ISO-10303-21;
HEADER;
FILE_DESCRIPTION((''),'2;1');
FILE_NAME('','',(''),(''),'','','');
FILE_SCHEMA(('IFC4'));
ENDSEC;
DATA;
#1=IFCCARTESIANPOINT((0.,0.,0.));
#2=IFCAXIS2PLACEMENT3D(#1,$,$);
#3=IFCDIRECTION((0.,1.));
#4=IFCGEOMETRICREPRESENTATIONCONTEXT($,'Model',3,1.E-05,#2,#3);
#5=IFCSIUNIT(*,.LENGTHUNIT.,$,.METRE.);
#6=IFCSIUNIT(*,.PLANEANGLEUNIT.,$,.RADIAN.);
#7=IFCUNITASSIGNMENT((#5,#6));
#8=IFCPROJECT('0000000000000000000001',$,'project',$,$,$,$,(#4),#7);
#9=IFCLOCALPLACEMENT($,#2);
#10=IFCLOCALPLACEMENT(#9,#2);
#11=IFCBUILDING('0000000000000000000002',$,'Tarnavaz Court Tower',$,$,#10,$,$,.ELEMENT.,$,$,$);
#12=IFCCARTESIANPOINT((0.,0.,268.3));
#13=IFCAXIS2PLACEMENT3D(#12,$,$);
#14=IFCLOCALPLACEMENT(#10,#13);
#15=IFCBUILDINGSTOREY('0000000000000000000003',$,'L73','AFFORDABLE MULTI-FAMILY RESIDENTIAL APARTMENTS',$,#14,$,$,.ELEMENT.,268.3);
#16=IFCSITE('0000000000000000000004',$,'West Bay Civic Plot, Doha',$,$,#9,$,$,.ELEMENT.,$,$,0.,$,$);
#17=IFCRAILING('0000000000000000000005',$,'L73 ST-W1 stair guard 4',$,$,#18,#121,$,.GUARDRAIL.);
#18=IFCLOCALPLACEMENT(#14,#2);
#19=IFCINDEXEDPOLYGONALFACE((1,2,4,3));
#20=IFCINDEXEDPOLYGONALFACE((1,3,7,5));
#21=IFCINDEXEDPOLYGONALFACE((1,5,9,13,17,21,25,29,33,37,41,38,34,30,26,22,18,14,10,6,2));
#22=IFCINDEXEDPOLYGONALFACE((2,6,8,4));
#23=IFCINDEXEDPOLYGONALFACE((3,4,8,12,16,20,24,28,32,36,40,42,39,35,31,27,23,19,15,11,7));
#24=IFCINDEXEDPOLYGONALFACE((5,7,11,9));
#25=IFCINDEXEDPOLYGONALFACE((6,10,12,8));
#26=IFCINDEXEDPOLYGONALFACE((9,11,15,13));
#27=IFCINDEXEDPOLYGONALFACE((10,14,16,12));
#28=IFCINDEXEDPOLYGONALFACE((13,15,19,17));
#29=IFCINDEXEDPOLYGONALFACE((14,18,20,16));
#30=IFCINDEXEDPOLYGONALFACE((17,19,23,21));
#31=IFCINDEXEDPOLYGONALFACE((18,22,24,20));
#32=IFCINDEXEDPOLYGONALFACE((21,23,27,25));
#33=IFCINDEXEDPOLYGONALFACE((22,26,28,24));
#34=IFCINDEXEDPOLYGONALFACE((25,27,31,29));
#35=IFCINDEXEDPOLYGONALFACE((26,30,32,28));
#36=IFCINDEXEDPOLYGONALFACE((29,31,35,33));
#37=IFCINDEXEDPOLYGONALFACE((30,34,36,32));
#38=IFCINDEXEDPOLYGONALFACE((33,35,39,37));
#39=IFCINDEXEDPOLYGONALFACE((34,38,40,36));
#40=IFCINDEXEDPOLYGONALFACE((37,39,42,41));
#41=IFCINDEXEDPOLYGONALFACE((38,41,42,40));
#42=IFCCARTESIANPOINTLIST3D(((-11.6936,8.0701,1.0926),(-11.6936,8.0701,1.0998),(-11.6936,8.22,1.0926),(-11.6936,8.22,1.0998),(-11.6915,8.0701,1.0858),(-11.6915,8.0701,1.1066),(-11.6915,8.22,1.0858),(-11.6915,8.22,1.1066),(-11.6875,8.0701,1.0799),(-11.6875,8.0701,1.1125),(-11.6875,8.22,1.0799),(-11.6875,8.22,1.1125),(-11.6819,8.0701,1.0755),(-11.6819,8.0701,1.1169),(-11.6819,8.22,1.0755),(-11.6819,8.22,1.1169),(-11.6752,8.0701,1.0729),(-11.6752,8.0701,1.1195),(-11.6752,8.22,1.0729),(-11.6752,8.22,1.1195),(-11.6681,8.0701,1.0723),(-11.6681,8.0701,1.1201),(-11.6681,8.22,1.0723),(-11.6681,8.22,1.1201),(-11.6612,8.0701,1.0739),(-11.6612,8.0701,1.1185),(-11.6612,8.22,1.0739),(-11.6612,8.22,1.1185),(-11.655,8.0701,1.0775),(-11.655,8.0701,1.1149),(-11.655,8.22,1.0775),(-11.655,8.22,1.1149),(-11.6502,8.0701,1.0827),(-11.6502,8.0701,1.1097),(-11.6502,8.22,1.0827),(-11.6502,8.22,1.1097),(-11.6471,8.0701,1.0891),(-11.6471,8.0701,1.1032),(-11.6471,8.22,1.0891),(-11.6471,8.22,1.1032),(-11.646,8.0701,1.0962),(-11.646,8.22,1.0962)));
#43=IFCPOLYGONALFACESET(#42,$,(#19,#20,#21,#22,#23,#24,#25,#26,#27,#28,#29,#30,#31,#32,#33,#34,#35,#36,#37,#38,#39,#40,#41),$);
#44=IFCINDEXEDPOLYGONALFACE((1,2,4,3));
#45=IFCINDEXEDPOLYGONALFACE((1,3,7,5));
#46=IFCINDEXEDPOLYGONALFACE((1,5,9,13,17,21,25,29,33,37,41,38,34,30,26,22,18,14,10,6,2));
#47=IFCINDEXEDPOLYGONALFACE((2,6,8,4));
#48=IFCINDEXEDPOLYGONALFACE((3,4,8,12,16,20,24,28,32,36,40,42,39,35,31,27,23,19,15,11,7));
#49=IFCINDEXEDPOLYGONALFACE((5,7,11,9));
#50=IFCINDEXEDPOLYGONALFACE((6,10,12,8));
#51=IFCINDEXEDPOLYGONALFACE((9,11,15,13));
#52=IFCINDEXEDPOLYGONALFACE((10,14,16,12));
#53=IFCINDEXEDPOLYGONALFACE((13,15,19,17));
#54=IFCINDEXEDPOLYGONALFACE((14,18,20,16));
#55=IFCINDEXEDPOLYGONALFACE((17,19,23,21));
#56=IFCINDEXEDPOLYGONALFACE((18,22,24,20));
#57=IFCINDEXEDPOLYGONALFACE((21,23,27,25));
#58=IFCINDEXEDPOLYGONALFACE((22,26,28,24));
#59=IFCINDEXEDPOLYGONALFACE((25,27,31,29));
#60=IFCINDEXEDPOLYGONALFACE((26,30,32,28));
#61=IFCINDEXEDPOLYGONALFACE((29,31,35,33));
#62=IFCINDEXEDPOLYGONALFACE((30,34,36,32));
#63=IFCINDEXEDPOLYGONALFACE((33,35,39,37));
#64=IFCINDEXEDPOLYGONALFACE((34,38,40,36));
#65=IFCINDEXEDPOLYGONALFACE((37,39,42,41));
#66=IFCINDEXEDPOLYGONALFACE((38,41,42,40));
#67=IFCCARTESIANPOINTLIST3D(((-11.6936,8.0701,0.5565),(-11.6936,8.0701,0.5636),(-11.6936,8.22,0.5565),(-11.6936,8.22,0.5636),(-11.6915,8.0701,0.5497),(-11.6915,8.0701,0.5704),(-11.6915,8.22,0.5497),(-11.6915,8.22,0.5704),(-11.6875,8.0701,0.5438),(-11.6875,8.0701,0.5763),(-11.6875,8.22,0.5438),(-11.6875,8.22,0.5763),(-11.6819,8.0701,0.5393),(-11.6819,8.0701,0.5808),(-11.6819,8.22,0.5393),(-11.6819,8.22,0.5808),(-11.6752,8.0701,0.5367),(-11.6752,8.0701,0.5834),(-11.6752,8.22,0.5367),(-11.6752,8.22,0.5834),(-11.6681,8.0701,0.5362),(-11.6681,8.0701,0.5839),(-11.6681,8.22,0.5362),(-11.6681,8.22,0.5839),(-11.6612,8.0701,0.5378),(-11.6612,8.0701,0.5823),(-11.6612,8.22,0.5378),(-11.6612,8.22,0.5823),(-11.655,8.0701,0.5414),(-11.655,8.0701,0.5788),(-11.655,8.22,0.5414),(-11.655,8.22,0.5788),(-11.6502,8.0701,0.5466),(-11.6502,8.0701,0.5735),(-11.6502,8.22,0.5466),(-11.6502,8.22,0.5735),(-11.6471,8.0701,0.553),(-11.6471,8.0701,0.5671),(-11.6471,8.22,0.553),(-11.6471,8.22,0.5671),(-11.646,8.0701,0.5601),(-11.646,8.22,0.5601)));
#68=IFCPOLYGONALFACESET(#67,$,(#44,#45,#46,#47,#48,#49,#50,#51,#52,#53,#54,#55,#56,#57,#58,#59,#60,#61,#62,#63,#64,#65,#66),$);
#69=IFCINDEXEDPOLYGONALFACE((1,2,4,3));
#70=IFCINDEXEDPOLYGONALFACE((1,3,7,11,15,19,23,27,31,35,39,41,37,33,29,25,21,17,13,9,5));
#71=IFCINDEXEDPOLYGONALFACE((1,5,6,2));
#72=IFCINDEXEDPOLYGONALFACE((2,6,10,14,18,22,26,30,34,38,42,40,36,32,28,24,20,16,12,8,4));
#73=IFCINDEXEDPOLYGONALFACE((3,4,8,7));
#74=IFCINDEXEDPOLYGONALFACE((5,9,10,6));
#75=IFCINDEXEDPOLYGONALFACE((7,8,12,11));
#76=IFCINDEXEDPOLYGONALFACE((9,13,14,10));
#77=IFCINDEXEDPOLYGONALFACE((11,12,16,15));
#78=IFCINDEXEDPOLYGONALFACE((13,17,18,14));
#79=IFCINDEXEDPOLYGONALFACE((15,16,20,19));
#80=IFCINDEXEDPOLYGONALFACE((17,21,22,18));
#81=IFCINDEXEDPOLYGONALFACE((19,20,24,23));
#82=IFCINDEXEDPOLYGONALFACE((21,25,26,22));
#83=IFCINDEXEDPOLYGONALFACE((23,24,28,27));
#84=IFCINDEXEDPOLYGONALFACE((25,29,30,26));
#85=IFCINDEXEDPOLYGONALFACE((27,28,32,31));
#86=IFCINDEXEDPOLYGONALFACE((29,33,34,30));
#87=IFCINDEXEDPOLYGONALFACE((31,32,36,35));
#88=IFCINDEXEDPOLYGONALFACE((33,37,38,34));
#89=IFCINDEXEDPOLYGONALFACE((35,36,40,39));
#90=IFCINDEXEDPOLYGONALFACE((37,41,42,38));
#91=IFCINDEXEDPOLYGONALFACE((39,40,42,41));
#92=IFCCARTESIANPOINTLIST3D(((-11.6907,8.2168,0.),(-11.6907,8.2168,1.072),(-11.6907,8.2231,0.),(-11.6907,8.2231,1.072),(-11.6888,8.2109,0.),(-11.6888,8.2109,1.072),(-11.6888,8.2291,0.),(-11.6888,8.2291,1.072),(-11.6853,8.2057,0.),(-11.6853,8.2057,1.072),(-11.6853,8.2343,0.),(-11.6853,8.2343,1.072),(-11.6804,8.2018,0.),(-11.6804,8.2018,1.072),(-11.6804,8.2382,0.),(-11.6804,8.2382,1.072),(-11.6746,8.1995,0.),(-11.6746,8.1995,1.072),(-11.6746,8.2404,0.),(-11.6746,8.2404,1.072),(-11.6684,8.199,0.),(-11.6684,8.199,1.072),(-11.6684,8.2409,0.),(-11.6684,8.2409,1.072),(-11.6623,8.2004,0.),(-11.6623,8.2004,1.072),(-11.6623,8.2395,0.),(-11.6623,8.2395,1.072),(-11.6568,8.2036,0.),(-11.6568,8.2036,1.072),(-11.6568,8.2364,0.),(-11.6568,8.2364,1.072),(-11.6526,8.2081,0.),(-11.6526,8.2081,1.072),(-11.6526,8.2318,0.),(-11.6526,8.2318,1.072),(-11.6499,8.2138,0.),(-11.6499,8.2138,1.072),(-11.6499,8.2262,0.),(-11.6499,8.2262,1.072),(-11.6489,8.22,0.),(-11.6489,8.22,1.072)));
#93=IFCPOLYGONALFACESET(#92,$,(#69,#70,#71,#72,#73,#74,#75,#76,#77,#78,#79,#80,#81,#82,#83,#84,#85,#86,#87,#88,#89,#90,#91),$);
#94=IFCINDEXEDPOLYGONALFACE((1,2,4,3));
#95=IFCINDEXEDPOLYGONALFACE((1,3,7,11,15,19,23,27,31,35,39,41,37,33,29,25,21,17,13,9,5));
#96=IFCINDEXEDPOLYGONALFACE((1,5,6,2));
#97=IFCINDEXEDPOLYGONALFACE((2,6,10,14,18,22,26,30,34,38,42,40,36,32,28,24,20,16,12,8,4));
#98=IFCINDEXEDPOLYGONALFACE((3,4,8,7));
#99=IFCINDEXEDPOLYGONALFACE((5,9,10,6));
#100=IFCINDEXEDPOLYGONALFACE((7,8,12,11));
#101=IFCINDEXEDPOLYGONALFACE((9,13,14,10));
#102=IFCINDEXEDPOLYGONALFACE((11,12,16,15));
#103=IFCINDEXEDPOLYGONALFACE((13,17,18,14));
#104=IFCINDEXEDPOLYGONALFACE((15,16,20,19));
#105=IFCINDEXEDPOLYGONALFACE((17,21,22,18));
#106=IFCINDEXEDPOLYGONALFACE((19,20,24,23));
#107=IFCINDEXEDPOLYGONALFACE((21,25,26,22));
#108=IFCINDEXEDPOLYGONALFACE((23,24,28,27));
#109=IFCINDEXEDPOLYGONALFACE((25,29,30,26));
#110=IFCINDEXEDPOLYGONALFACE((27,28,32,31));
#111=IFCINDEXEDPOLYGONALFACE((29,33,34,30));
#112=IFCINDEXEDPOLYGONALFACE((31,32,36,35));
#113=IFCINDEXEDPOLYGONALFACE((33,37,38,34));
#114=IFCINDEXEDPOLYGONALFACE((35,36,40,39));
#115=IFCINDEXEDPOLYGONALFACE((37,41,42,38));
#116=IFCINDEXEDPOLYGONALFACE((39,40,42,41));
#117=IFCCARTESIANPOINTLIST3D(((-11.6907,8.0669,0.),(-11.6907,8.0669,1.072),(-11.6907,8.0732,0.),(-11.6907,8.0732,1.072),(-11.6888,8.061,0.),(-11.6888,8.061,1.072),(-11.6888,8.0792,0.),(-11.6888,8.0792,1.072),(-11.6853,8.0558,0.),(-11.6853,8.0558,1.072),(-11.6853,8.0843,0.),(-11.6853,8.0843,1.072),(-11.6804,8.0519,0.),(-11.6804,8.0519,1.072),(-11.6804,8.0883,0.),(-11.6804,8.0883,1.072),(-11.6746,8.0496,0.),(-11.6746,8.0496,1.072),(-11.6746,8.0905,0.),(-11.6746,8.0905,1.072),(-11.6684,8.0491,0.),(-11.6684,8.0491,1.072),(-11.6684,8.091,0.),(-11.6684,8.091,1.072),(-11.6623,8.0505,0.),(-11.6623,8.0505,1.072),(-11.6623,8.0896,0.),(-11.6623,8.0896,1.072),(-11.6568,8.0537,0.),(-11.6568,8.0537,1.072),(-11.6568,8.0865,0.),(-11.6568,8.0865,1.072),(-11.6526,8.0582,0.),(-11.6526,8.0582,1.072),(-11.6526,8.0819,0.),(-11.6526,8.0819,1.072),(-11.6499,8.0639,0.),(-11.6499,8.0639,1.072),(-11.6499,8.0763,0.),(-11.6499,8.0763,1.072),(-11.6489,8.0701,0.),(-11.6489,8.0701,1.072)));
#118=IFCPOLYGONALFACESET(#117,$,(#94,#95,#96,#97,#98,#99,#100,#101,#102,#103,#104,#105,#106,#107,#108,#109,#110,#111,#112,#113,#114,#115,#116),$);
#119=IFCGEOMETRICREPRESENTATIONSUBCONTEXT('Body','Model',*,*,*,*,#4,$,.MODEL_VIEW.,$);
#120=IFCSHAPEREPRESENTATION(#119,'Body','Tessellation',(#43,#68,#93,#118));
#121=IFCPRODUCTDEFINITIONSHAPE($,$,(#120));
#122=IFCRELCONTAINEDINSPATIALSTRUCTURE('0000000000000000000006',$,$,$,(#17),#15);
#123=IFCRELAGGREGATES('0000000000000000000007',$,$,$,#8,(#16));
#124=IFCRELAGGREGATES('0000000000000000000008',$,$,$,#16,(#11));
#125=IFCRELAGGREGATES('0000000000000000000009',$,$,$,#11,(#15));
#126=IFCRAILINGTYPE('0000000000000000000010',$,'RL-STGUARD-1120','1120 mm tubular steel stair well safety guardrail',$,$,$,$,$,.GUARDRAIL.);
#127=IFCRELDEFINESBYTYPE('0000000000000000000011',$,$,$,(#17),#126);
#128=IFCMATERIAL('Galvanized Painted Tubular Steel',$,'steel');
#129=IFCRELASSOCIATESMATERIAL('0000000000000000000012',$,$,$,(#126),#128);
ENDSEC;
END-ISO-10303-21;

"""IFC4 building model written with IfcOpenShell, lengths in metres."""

from ifc_helpers import new_model, si_unit, direction, frame, origin, origin_2d, place, context, subcontext, project, spatial, circle, extrude, material, type_object, element, save


model = new_model("IFC4")

# Units and contexts
model_context = context("Model", 3, precision=1e-05, world=origin(), true_north=direction((0.0, 1.0)))
body_context = subcontext(model_context, "Body", "Model", "MODEL_VIEW")
ifc_project = project(units=[si_unit("LENGTHUNIT", "METRE"), si_unit("PLANEANGLEUNIT", "RADIAN")], contexts=[model_context])

# Site, building, storey
site_placement = place(None, origin())
site = spatial("IfcSite", under=ifc_project, at=site_placement, Name="West Bay Civic Plot, Doha", CompositionType="ELEMENT", RefElevation=0.0)
building_placement = place(site_placement, origin())
building = spatial("IfcBuilding", under=site, at=building_placement, Name="Tarnavaz Court Tower", CompositionType="ELEMENT")
storey_placement = place(building_placement, frame((0.0, 0.0, 268.3)))
storey = spatial("IfcBuildingStorey", under=building, at=storey_placement, Name="L73", Description="AFFORDABLE MULTI-FAMILY RESIDENTIAL APARTMENTS", CompositionType="ELEMENT", Elevation=268.3)

# Railing
ifc_material_1 = material(Name="Galvanized Painted Tubular Steel", Category="steel")
railing_type_1 = type_object("IfcRailingType", Name="RL-STGUARD-1120", Description="1120 mm tubular steel stair well safety guardrail", PredefinedType="GUARDRAIL", material=ifc_material_1)
railing_1_placement = place(storey_placement, frame((-11.6699, 8.22, 0.0)))
element("IfcRailing", 1, at=railing_1_placement, inside=storey, type_object=railing_type_1, Name="L73 ST-W1 stair guard 4", PredefinedType="GUARDRAIL", context=body_context, shape_type="SweptSolid", body=[
    extrude(circle(Radius=0.0239, at=origin_2d()), frame((0.0, 0.0, 1.0962), z_axis=(0.0, -1.0, 0.0), x_axis=(1.0, 0.0, 0.0)), (0.0, 0.0, 1.0), 0.1499),
    extrude(circle(Radius=0.0239, at=origin_2d()), frame((0.0, 0.0, 0.5601), z_axis=(0.0, -1.0, 0.0), x_axis=(1.0, 0.0, 0.0)), (0.0, 0.0, 1.0), 0.1499),
    extrude(circle(Radius=0.021, at=origin_2d()), origin(), (0.0, 0.0, 1.0), 1.072),
    extrude(circle(Radius=0.021, at=origin_2d()), frame((0.0, -0.1499, 0.0)), (0.0, 0.0, 1.0), 1.072),
])

save(model, "model.ifc")
